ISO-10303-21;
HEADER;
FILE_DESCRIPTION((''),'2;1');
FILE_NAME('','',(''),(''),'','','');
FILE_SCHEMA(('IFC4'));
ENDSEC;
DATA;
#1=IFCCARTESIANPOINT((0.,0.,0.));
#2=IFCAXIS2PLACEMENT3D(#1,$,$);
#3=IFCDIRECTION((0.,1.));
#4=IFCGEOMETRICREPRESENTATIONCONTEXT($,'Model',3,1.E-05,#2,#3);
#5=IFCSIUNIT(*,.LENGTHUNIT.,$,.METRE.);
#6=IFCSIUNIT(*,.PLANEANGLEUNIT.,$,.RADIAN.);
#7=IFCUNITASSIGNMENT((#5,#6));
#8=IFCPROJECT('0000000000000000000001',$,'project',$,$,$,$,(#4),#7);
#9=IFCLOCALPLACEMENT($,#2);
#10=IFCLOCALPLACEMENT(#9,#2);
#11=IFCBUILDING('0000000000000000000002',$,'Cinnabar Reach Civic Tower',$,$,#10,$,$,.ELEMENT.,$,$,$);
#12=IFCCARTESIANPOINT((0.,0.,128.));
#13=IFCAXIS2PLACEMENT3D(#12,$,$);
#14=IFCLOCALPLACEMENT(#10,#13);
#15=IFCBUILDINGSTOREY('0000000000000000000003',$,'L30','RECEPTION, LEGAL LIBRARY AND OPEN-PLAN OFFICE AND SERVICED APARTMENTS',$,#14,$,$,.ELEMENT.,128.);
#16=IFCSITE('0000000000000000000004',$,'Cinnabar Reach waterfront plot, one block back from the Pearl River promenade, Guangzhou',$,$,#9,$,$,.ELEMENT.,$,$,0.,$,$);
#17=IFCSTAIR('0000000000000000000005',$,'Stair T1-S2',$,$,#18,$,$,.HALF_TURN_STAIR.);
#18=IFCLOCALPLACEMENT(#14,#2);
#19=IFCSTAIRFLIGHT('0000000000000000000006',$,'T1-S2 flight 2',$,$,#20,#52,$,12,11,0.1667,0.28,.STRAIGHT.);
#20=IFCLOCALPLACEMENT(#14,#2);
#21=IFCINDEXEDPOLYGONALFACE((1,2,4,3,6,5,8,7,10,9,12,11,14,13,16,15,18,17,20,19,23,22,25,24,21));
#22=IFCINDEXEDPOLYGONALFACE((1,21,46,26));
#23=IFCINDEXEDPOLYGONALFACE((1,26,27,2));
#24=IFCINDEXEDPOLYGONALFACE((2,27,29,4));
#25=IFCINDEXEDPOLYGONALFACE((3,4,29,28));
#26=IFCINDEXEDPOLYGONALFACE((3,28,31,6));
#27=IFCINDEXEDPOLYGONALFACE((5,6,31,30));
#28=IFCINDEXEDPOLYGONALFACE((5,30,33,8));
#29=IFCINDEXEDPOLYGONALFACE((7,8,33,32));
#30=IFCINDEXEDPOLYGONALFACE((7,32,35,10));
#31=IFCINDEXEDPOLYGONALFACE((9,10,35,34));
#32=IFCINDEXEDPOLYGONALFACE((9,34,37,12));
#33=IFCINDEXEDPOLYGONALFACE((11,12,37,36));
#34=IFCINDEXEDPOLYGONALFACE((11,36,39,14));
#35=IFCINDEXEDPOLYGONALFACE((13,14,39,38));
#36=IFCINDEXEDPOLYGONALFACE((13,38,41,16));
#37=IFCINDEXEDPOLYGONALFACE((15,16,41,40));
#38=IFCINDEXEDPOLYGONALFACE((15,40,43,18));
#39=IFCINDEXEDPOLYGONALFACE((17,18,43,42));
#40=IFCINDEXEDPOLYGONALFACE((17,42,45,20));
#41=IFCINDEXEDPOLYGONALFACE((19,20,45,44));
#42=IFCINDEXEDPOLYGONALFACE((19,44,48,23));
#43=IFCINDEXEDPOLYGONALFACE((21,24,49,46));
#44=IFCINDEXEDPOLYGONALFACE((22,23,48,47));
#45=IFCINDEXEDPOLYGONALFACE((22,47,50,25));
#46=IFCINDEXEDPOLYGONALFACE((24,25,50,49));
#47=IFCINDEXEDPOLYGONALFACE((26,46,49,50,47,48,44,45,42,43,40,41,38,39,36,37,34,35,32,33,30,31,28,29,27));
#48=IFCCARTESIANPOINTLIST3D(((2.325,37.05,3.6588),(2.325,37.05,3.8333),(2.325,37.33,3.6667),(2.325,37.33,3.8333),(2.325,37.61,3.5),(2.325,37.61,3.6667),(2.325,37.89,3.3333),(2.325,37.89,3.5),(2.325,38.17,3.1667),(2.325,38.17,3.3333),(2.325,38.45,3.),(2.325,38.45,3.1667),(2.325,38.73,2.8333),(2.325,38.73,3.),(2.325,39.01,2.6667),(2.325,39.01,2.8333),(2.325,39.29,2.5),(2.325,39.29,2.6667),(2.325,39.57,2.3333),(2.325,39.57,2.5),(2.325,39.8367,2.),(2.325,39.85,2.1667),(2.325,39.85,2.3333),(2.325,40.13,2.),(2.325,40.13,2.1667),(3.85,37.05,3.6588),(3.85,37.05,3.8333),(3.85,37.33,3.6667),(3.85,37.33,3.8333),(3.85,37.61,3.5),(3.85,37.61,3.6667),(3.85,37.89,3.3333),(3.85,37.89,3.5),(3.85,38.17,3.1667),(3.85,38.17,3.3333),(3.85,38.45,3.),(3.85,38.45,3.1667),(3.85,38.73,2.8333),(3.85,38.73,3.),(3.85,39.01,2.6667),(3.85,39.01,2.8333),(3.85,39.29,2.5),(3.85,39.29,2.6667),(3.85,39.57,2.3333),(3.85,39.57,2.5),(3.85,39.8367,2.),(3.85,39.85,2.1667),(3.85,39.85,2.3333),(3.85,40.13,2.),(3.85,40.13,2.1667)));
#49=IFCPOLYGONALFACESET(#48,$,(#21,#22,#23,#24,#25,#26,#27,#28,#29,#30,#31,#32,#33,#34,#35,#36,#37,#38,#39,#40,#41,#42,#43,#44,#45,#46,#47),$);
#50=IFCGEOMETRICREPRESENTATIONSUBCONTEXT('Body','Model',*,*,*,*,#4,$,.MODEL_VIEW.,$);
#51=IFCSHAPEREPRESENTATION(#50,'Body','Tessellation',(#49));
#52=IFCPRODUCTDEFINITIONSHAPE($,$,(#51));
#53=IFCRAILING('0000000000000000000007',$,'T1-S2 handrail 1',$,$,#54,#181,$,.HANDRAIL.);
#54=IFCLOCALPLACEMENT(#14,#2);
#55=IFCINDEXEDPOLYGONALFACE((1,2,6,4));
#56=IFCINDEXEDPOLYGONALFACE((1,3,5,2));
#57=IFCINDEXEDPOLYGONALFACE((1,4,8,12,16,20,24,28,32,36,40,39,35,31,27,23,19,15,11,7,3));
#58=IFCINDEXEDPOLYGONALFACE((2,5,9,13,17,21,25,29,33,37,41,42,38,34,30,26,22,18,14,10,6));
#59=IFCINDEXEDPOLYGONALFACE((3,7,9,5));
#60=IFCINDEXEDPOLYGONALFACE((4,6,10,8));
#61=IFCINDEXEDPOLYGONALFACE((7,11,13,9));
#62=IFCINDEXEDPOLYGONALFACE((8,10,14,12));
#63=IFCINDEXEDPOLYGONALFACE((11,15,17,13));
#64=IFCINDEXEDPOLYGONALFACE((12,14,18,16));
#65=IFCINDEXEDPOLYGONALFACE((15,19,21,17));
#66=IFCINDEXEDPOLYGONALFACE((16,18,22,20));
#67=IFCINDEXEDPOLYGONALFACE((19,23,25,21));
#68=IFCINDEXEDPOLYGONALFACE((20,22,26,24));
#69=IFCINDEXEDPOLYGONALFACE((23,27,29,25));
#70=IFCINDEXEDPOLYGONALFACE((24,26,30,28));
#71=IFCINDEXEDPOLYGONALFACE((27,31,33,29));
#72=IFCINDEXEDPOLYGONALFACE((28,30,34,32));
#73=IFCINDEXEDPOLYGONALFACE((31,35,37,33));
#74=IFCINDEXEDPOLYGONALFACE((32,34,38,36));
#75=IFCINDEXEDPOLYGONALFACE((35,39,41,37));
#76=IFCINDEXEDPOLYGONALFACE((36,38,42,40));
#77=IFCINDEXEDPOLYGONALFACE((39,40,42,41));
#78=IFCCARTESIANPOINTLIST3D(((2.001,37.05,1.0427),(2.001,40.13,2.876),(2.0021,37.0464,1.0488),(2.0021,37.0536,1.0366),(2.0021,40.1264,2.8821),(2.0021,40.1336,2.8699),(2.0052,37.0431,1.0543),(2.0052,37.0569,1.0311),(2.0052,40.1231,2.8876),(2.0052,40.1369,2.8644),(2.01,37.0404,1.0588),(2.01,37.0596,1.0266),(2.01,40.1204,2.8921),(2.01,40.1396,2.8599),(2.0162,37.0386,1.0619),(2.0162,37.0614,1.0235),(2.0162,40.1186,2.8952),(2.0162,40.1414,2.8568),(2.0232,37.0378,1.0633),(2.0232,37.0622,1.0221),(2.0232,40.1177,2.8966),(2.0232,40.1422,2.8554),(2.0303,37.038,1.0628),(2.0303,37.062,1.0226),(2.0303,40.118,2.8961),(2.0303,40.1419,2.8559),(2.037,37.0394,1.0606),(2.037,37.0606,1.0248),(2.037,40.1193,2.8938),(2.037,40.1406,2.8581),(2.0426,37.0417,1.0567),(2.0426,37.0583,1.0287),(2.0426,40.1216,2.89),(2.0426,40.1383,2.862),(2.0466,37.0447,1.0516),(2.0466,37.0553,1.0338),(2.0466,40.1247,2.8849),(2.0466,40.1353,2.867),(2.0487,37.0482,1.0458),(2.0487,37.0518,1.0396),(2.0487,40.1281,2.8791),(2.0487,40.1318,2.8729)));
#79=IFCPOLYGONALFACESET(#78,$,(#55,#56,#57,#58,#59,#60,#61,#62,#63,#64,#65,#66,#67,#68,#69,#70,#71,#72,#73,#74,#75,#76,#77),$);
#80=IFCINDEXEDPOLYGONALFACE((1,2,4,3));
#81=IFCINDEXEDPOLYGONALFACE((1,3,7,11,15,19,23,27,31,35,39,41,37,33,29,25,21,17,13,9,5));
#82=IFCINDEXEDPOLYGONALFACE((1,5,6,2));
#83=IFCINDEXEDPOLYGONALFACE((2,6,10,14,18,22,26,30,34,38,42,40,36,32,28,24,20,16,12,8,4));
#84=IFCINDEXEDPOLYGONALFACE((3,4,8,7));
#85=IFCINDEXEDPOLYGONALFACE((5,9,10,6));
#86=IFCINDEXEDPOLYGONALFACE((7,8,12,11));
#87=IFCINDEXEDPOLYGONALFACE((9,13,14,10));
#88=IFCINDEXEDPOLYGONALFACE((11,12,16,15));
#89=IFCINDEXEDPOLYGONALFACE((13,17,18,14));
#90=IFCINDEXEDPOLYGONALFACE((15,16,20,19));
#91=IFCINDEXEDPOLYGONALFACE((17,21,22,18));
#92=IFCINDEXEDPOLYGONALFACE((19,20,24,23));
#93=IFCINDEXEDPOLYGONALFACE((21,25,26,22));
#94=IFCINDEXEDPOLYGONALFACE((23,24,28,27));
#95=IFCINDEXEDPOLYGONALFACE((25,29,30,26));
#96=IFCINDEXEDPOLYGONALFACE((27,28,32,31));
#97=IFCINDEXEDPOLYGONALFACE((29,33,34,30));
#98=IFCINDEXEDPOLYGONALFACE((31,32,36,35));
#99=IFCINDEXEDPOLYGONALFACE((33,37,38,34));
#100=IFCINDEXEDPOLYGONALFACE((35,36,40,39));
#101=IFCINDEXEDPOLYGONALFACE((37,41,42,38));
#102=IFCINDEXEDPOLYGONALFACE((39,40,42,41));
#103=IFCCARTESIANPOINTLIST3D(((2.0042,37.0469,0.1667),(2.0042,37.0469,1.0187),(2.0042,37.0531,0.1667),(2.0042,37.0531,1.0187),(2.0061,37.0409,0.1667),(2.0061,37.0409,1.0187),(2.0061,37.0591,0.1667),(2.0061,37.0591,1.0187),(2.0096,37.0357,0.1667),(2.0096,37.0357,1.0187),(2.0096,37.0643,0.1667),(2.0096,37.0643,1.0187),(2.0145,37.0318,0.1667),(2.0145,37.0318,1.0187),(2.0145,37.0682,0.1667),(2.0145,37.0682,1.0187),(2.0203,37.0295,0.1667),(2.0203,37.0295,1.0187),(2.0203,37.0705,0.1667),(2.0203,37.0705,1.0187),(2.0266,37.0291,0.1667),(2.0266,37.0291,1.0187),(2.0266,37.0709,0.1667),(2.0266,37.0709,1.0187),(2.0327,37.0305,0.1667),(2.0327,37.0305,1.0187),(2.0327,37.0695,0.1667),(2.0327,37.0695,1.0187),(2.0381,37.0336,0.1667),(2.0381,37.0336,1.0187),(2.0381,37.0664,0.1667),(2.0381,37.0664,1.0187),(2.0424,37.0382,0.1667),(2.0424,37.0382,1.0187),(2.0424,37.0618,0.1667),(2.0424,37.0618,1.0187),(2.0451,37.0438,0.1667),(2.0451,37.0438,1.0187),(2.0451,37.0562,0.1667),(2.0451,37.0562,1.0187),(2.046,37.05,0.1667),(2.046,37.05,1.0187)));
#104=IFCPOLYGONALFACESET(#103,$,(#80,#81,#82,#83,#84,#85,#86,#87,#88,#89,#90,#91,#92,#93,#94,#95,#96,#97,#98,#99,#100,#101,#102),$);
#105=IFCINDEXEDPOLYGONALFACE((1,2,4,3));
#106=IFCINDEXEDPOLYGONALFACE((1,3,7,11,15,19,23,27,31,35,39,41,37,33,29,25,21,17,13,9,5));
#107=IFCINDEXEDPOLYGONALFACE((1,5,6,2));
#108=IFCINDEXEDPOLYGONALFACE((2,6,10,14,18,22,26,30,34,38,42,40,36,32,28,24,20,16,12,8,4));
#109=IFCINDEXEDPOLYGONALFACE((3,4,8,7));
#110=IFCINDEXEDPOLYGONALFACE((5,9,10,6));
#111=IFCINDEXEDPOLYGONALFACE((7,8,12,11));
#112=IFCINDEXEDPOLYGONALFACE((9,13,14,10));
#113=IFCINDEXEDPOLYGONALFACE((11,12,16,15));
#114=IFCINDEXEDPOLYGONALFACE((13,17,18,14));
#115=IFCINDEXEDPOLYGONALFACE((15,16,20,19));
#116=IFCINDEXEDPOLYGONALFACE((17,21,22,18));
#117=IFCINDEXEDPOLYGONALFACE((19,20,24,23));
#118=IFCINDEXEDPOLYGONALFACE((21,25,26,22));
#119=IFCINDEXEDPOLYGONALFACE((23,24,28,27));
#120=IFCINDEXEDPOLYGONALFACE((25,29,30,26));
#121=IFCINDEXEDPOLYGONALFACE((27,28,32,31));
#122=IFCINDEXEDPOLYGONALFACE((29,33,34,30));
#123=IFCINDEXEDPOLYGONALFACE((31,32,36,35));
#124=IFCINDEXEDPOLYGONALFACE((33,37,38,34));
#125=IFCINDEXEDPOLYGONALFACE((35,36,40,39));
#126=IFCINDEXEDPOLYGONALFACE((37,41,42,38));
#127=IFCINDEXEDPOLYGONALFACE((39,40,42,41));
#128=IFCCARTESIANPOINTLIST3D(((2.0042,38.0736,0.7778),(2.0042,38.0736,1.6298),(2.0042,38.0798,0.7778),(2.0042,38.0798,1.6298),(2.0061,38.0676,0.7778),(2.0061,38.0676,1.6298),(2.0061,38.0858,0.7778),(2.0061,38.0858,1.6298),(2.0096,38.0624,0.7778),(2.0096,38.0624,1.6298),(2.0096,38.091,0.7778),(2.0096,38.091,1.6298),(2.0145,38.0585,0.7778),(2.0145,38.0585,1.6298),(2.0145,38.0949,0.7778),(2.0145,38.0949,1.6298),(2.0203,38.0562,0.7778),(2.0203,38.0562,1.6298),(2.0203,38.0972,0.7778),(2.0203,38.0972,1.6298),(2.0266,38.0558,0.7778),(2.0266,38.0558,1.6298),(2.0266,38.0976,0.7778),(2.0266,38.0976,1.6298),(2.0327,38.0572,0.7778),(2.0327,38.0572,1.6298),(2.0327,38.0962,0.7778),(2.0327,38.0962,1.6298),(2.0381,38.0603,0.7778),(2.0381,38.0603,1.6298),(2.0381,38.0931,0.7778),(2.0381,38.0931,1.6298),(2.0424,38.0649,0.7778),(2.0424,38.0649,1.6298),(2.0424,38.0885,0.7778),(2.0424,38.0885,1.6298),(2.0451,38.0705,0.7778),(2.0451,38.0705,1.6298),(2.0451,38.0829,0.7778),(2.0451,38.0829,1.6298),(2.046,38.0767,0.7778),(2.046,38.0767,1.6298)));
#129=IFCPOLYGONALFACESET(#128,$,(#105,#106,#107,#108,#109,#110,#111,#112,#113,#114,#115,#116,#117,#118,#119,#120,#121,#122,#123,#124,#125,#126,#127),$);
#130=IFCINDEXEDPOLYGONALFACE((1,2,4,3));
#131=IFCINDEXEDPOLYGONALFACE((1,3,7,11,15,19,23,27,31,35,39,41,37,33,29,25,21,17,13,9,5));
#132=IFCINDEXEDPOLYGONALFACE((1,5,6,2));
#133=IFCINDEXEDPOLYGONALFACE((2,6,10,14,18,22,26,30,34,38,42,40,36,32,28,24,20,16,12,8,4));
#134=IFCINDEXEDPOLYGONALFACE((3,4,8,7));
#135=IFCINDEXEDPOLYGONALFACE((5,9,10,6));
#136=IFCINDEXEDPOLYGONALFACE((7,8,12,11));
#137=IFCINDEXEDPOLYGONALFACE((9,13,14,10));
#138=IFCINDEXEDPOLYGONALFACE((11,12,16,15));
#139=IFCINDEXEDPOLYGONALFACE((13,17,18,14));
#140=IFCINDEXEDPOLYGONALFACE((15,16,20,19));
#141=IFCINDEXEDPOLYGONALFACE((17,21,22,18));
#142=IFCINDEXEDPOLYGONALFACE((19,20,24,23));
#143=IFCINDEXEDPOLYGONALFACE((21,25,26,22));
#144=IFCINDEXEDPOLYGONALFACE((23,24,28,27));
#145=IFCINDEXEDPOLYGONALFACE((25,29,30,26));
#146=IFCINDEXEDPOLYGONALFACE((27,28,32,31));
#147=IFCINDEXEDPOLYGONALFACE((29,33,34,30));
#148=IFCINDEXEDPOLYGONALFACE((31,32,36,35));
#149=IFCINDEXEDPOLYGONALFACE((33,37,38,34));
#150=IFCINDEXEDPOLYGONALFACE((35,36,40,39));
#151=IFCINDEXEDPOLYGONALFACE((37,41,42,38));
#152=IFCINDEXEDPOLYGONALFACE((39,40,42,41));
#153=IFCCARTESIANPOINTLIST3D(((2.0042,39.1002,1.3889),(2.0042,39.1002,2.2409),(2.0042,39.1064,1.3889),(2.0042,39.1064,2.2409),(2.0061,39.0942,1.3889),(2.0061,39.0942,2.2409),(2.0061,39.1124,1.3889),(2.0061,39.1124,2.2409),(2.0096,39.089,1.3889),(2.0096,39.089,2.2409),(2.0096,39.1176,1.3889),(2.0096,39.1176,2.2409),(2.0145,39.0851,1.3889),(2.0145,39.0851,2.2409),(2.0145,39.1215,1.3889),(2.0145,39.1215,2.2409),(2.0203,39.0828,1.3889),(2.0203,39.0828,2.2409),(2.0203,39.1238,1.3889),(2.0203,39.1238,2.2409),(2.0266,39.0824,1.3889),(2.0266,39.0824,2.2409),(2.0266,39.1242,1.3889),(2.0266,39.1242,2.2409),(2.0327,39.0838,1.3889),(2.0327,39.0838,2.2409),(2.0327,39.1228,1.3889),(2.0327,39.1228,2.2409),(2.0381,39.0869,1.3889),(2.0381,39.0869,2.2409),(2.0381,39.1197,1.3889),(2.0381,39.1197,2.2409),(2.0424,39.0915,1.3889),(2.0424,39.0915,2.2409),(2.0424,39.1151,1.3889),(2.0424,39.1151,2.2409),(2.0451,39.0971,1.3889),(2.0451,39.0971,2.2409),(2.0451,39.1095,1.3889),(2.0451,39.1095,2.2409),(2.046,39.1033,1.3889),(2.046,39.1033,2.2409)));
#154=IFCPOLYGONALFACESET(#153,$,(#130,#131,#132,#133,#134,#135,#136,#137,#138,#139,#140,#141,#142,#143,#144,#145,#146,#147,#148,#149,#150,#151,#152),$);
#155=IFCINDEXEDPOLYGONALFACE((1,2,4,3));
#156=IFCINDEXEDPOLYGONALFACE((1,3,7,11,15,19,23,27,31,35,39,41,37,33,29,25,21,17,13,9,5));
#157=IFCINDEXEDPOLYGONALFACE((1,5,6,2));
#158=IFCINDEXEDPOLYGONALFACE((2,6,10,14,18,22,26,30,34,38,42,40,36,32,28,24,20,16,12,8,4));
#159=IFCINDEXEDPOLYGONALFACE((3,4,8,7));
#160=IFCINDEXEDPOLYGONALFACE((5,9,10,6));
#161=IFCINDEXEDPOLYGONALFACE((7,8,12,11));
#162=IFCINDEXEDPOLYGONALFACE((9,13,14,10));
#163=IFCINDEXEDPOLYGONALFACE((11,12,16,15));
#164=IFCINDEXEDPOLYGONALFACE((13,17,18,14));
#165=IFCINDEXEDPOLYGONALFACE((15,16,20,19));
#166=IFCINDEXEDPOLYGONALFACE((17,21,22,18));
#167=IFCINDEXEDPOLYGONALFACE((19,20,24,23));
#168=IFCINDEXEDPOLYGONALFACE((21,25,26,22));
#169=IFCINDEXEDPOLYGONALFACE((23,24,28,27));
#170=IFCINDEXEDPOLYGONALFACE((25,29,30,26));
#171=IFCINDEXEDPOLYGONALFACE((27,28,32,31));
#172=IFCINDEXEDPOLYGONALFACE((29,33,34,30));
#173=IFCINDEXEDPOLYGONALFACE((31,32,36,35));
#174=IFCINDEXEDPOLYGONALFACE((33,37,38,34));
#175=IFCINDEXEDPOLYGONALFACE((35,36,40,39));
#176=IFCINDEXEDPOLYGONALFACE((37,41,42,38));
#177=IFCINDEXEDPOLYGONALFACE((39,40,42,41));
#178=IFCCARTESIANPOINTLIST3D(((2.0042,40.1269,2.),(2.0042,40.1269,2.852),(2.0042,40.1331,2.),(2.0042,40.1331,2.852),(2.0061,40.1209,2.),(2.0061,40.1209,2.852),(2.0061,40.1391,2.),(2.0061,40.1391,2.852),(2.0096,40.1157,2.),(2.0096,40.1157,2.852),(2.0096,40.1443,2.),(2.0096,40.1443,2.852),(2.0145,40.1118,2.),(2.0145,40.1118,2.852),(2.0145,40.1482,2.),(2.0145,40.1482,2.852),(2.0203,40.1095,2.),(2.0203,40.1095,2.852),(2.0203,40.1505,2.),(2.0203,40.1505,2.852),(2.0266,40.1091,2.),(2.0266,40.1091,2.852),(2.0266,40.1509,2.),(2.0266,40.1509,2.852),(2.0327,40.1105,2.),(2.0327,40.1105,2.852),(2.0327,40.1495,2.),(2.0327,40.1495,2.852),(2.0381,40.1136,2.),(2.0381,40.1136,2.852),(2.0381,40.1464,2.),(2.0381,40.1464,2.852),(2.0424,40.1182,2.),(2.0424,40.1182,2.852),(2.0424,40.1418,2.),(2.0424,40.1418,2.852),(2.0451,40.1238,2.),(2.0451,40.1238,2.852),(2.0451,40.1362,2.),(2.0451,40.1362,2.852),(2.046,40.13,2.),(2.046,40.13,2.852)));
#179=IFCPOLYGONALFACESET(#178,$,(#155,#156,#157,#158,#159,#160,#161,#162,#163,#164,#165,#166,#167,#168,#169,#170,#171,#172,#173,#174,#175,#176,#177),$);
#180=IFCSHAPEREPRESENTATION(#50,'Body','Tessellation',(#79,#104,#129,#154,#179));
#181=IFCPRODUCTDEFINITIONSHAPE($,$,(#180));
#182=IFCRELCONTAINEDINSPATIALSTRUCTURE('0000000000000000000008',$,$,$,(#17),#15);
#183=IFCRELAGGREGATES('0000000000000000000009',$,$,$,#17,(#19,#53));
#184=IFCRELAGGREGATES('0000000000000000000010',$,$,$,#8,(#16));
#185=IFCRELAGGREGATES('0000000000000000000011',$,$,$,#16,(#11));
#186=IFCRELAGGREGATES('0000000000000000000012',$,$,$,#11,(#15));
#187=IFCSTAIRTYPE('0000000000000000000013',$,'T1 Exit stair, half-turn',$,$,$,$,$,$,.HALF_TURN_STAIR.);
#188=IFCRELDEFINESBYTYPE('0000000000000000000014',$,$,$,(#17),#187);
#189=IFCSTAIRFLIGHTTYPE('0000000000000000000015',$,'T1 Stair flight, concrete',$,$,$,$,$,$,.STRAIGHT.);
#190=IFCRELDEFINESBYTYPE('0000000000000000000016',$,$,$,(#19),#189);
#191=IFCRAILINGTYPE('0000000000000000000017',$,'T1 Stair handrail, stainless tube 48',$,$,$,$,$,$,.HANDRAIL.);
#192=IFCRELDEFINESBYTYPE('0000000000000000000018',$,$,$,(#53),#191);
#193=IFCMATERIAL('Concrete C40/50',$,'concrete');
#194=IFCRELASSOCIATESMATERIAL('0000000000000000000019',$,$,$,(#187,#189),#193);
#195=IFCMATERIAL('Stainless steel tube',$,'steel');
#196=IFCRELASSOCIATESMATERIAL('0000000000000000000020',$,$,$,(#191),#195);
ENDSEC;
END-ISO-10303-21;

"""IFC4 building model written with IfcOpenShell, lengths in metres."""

from ifc_helpers import new_model, si_unit, direction, frame, origin, origin_2d, place, context, subcontext, project, spatial, polyline, circle, outline, extrude, material, type_object, element, aggregate, save


model = new_model("IFC4")

# Units and contexts
model_context = context("Model", 3, precision=1e-05, world=origin(), true_north=direction((0.0, 1.0)))
body_context = subcontext(model_context, "Body", "Model", "MODEL_VIEW")
ifc_project = project(units=[si_unit("LENGTHUNIT", "METRE"), si_unit("PLANEANGLEUNIT", "RADIAN")], contexts=[model_context])

# Site, building, storey
site_placement = place(None, origin())
site = spatial("IfcSite", under=ifc_project, at=site_placement, Name="Cinnabar Reach waterfront plot, one block back from the Pearl River promenade, Guangzhou", CompositionType="ELEMENT", RefElevation=0.0)
building_placement = place(site_placement, origin())
building = spatial("IfcBuilding", under=site, at=building_placement, Name="Cinnabar Reach Civic Tower", CompositionType="ELEMENT")
storey_placement = place(building_placement, frame((0.0, 0.0, 128.0)))
storey = spatial("IfcBuildingStorey", under=building, at=storey_placement, Name="L30", Description="RECEPTION, LEGAL LIBRARY AND OPEN-PLAN OFFICE AND SERVICED APARTMENTS", CompositionType="ELEMENT", Elevation=128.0)

# Stair, stair flight, railing
ifc_material_1 = material(Name="Concrete C40/50", Category="concrete")
stair_type = type_object("IfcStairType", Name="T1 Exit stair, half-turn", PredefinedType="HALF_TURN_STAIR", material=ifc_material_1)
stair_placement = place(storey_placement, origin())
stair = element("IfcStair", 1, at=stair_placement, inside=storey, type_object=stair_type, Name="Stair T1-S2", PredefinedType="HALF_TURN_STAIR")
stair_flight_type = type_object("IfcStairFlightType", Name="T1 Stair flight, concrete", PredefinedType="STRAIGHT", material=ifc_material_1)
stair_flight_1_placement = place(storey_placement, frame((3.0875, 40.13, 2.0), z_axis=(0.0, 0.0, 1.0), x_axis=(0.0, -1.0, 0.0)))
stair_flight_1 = element("IfcStairFlight", 2, at=stair_flight_1_placement, type_object=stair_flight_type, Name="T1-S2 flight 2", NumberOfRisers=12, NumberOfTreads=11, PredefinedType="STRAIGHT", RiserHeight=0.1667, TreadLength=0.28, context=body_context, shape_type="SweptSolid", body=[
    extrude(outline(polyline([(0.0, 0.0), (0.0, 0.1667), (0.28, 0.1667), (0.28, 0.3333), (0.56, 0.3333), (0.56, 0.5), (0.84, 0.5), (0.84, 0.6667), (1.12, 0.6667), (1.12, 0.8333), (1.4, 0.8333), (1.4, 1.0), (1.68, 1.0), (1.68, 1.1667), (1.96, 1.1667), (1.96, 1.3333), (2.24, 1.3333), (2.24, 1.5), (2.52, 1.5), (2.52, 1.6667), (2.8, 1.6667), (2.8, 1.8333), (3.08, 1.8333), (3.08, 2.0), (3.08, 1.6588), (0.2933, 0.0), (0.0, 0.0)])), frame((0.0, 0.7625, 0.0), z_axis=(0.0, -1.0, 0.0), x_axis=(1.0, 0.0, 0.0)), (0.0, 0.0, 1.0), 1.525),
])
ifc_material_2 = material(Name="Stainless steel tube", Category="steel")
railing_type = type_object("IfcRailingType", Name="T1 Stair handrail, stainless tube 48", PredefinedType="HANDRAIL", material=ifc_material_2)
railing_1_placement = place(storey_placement, frame((2.025, 37.05, 0.1667)))
railing_1 = element("IfcRailing", 3, at=railing_1_placement, type_object=railing_type, Name="T1-S2 handrail 1", PredefinedType="HANDRAIL", context=body_context, shape_type="SweptSolid", body=[
    extrude(circle(Radius=0.024, at=origin_2d()), frame((0.0, 0.0, 0.876), z_axis=(0.0, 0.859297, 0.511477), x_axis=(-1.0, 0.0, 0.0)), (0.0, 0.0, 1.0), 3.5843),
    extrude(circle(Radius=0.021, at=origin_2d()), origin(), (0.0, 0.0, 1.0), 0.852),
    extrude(circle(Radius=0.021, at=origin_2d()), frame((0.0, 1.0267, 0.6111)), (0.0, 0.0, 1.0), 0.852),
    extrude(circle(Radius=0.021, at=origin_2d()), frame((0.0, 2.0533, 1.2222)), (0.0, 0.0, 1.0), 0.852),
    extrude(circle(Radius=0.021, at=origin_2d()), frame((0.0, 3.08, 1.8333)), (0.0, 0.0, 1.0), 0.852),
])
aggregate(stair, [stair_flight_1, railing_1])

save(model, "model.ifc")
